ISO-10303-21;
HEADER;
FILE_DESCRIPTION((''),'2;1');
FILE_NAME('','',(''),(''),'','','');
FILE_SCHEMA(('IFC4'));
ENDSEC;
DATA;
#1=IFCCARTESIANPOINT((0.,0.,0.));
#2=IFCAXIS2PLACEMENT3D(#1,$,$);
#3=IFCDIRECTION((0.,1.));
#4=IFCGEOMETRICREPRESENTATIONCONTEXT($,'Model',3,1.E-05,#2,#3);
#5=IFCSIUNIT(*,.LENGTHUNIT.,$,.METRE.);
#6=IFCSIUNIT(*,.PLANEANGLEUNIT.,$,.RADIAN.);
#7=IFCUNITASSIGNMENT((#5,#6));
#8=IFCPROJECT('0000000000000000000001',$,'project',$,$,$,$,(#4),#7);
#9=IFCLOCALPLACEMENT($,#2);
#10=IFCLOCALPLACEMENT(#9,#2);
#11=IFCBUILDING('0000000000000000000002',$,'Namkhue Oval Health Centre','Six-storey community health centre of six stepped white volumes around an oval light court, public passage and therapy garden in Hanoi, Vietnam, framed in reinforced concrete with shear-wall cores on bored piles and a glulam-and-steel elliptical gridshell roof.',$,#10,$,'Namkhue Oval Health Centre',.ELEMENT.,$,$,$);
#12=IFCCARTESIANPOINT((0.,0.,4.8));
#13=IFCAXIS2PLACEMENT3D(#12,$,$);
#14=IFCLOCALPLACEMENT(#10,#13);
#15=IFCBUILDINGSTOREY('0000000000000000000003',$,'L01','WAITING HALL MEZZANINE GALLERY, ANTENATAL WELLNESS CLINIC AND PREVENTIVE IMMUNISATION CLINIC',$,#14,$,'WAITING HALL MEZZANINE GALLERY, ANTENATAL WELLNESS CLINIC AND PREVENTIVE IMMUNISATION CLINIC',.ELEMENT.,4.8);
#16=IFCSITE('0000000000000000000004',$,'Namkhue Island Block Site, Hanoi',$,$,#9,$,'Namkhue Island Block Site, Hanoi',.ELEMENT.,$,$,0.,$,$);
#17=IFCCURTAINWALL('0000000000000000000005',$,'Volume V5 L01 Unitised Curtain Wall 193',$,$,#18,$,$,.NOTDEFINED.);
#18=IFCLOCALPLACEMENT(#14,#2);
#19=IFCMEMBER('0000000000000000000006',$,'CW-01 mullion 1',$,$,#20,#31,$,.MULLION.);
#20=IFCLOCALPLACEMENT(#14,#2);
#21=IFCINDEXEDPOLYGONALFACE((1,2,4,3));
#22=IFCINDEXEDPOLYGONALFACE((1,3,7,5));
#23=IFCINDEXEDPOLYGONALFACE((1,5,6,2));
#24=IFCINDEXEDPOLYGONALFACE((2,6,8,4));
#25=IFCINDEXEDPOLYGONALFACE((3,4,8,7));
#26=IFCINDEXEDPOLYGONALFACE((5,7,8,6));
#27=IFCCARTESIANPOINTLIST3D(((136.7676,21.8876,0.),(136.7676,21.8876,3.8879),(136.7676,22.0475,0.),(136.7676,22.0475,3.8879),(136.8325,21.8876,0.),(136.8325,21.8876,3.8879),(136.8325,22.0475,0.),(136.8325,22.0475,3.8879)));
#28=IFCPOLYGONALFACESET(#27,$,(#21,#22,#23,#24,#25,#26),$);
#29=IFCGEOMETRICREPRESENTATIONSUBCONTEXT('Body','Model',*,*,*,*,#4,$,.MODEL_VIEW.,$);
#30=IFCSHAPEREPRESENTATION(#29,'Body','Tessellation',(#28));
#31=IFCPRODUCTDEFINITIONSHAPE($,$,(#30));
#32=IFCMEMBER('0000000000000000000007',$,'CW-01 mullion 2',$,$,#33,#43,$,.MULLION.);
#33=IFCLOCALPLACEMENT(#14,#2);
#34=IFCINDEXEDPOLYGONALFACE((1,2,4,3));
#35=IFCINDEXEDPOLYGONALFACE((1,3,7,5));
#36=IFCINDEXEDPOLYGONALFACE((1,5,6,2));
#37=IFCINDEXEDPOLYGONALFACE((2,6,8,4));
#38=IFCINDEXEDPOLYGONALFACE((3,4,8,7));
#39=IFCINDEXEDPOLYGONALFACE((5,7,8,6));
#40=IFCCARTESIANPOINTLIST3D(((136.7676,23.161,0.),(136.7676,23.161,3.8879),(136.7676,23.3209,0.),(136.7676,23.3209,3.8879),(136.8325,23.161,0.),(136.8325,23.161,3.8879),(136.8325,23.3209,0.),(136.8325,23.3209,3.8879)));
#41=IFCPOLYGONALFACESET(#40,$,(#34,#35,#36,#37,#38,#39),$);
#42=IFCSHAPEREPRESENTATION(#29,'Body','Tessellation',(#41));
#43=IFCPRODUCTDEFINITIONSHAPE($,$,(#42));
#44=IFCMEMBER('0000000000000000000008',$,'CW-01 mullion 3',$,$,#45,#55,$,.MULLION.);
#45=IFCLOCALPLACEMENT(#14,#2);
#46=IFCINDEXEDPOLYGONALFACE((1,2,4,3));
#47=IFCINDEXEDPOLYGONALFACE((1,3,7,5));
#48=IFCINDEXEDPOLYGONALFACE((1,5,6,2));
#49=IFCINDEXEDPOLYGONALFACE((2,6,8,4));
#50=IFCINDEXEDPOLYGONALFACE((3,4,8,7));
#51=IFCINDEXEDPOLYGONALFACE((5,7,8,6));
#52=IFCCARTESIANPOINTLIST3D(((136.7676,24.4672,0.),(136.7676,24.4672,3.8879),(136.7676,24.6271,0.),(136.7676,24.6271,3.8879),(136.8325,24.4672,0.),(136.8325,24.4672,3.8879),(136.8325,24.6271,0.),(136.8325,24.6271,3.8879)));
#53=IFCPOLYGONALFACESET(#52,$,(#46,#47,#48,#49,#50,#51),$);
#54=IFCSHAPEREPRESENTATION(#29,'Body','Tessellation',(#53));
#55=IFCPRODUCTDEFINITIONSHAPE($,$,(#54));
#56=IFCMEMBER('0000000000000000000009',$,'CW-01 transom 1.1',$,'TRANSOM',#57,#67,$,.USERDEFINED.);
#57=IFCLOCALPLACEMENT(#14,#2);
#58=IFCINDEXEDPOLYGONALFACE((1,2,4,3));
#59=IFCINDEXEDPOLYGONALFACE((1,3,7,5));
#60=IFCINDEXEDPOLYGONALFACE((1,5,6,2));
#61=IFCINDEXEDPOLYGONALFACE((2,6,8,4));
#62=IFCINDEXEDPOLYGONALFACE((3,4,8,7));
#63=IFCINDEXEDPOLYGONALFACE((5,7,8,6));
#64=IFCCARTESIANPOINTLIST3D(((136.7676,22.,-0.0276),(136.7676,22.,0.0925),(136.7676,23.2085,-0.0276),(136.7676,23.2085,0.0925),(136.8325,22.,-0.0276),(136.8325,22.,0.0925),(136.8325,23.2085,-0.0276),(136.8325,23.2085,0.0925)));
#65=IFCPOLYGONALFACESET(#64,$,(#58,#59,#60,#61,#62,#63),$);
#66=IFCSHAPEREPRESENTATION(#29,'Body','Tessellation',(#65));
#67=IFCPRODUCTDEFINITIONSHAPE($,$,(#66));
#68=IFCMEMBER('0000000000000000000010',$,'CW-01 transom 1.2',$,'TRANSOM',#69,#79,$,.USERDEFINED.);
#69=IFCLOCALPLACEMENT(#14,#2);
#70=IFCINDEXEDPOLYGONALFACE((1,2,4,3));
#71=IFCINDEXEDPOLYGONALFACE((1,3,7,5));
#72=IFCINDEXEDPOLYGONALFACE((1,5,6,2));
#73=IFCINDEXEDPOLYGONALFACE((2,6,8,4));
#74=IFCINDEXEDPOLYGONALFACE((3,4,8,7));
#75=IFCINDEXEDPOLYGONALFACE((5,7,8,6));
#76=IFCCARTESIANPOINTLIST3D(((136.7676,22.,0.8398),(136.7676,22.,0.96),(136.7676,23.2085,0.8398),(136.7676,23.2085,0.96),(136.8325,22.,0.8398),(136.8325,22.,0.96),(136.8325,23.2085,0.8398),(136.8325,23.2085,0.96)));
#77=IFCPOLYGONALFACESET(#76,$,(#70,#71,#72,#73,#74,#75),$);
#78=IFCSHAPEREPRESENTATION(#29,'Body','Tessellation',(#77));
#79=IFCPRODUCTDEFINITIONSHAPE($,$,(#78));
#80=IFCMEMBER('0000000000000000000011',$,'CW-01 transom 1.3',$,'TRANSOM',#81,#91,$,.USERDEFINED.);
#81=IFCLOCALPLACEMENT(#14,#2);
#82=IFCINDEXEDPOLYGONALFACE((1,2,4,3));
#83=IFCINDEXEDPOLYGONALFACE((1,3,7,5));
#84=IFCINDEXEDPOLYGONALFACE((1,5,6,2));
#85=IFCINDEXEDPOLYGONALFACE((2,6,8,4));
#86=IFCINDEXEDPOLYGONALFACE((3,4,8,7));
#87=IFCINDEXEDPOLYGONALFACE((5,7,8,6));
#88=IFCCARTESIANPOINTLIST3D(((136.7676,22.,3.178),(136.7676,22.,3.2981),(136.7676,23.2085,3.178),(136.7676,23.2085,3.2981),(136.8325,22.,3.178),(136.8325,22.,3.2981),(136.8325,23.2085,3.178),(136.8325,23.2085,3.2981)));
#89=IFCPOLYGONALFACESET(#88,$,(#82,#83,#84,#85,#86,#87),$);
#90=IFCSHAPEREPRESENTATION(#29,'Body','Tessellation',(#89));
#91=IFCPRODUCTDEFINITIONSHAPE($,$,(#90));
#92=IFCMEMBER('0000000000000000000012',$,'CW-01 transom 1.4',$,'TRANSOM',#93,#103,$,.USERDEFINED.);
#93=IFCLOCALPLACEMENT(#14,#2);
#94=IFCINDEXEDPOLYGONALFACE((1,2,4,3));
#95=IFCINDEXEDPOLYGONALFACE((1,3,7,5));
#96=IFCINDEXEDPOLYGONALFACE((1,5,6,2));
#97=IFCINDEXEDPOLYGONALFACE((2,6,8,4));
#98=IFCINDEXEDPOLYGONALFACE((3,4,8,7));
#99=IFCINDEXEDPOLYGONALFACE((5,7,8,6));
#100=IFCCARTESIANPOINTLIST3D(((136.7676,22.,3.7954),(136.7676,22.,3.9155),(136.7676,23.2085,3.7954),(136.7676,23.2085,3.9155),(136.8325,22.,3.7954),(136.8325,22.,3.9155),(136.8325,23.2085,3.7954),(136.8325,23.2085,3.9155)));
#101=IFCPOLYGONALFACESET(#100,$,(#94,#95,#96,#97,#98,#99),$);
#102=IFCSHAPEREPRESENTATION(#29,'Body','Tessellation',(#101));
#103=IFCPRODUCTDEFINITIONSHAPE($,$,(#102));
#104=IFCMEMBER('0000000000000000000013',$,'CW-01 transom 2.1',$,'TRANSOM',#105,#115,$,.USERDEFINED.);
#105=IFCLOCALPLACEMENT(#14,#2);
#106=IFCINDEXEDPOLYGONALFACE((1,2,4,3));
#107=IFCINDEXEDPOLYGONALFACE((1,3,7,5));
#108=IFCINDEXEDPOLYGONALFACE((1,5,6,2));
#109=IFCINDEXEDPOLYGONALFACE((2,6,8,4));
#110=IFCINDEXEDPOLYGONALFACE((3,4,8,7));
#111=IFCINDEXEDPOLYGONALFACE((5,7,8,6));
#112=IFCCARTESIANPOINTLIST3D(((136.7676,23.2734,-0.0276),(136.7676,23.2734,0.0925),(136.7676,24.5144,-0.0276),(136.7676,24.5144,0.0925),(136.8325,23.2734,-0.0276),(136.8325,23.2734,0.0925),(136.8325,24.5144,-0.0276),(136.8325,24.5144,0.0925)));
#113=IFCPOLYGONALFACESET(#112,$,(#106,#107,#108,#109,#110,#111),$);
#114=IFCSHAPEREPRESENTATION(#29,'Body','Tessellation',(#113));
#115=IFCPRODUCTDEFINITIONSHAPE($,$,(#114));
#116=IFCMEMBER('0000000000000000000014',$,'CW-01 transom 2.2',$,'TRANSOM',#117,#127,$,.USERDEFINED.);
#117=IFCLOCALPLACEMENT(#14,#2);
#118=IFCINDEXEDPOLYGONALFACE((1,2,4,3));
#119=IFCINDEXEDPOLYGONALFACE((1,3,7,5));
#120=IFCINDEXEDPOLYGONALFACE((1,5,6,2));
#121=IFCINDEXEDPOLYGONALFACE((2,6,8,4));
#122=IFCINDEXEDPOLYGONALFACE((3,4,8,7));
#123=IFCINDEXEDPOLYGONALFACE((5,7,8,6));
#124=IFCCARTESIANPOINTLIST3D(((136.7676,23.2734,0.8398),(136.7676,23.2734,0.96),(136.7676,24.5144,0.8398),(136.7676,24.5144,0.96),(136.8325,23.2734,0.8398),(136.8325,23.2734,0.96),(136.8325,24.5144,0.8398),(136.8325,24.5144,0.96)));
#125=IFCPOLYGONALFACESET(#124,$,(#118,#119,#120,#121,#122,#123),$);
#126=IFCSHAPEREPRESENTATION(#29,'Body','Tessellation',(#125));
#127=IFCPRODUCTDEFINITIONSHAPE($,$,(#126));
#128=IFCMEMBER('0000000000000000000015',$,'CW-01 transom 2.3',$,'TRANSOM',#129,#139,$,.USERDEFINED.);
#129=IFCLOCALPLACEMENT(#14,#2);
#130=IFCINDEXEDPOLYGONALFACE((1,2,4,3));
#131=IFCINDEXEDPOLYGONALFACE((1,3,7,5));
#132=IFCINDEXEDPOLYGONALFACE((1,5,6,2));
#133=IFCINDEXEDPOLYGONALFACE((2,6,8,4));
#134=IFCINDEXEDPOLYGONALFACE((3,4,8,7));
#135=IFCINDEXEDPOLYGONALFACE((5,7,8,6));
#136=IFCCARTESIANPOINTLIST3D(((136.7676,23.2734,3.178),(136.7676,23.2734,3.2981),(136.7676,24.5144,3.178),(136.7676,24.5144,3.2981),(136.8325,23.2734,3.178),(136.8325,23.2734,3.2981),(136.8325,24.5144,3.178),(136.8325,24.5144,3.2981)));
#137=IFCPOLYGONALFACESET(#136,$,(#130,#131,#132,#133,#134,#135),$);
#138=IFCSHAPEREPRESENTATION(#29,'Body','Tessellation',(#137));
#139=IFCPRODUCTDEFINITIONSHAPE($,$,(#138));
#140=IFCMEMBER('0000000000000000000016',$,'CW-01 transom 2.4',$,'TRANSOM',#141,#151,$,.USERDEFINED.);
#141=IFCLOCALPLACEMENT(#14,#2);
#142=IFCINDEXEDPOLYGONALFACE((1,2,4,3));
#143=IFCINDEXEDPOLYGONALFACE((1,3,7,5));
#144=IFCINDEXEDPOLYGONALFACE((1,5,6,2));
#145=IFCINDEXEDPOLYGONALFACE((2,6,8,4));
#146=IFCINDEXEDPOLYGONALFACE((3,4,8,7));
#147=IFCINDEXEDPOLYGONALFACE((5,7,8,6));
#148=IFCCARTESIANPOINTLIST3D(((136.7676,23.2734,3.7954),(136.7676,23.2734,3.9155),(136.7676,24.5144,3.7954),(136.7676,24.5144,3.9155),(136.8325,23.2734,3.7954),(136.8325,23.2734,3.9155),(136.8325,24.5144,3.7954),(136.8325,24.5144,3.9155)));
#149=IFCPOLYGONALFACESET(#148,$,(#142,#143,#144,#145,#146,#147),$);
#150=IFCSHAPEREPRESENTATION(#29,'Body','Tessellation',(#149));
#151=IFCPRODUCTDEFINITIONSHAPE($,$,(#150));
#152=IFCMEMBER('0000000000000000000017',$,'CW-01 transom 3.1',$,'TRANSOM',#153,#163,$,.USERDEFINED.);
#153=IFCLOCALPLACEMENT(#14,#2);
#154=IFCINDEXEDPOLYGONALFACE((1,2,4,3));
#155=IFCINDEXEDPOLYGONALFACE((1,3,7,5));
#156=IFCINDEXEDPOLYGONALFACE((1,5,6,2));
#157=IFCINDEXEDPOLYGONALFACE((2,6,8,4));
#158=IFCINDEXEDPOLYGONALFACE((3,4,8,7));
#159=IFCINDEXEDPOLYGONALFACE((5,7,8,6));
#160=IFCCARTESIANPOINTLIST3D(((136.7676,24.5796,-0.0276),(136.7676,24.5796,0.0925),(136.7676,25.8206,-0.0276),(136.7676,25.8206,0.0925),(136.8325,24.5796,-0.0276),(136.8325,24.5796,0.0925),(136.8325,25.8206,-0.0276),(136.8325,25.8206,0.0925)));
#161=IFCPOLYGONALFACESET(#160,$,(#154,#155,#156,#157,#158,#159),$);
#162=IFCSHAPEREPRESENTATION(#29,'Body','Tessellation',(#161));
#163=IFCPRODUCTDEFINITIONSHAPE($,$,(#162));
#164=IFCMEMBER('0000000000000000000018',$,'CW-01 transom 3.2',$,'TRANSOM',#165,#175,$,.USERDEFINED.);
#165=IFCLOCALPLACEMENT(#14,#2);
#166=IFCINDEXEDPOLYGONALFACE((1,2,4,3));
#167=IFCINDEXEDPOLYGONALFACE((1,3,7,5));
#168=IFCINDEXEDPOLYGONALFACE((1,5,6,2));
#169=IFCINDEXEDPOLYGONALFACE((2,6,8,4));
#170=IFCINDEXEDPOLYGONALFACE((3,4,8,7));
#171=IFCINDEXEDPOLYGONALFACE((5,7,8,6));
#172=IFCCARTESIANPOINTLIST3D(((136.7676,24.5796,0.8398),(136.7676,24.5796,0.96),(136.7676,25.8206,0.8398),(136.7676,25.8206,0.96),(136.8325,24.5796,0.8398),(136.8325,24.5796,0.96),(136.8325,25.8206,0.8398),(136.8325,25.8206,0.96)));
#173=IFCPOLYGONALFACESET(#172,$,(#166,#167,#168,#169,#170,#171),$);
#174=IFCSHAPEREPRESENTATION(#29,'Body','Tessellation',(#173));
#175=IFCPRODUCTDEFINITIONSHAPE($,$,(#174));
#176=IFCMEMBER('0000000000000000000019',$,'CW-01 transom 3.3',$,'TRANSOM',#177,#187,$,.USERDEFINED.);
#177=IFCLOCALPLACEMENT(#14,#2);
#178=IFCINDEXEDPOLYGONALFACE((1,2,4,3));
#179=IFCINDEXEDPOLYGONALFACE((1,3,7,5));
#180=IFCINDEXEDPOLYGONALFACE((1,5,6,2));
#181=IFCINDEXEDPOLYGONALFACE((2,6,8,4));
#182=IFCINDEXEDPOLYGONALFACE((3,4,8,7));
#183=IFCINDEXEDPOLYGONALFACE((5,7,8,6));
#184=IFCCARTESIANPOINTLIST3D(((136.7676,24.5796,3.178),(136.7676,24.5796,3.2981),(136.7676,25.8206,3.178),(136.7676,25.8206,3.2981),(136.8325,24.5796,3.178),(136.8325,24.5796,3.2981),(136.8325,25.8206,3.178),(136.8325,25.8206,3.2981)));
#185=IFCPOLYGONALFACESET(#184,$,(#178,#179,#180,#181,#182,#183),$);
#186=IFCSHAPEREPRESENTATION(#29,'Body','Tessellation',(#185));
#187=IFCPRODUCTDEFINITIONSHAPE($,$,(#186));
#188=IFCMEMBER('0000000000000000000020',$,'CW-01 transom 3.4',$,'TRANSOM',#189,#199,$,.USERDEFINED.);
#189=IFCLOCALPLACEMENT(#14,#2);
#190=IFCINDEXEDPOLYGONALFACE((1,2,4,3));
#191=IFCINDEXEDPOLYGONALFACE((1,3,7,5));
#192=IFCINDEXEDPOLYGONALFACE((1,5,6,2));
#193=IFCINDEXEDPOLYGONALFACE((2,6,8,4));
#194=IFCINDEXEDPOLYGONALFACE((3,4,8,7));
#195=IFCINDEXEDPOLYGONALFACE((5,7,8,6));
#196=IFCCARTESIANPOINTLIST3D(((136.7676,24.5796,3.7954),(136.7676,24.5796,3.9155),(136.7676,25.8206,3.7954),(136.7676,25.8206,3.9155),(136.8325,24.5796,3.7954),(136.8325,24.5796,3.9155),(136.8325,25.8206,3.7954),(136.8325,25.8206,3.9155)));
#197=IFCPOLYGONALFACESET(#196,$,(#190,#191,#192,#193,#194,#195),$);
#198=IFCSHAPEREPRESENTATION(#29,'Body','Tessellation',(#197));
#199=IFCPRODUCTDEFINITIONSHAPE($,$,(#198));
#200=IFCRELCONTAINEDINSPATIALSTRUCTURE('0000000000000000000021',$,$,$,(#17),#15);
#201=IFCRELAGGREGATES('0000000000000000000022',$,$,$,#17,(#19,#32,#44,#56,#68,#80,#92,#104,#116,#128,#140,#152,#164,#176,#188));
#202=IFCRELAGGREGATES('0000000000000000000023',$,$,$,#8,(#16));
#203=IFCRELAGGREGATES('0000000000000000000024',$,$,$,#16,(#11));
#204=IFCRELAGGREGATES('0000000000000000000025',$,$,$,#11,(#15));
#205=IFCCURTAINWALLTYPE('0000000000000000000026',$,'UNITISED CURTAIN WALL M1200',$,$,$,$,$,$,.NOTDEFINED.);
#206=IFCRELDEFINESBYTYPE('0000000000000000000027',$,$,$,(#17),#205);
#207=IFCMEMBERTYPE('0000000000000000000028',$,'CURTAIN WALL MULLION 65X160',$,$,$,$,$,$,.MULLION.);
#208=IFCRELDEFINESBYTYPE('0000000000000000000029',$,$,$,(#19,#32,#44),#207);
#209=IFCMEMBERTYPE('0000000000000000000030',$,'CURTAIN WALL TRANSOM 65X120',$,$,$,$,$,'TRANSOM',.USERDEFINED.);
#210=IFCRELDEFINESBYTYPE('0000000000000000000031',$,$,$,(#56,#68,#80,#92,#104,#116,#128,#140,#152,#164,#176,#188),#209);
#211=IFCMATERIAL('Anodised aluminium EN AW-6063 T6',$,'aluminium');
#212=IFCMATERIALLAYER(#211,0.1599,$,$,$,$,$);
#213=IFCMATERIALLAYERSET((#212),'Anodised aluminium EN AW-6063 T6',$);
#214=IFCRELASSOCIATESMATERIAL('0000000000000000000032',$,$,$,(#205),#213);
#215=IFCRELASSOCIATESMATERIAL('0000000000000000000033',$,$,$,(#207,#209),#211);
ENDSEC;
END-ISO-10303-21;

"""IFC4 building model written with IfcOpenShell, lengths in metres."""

from ifc_helpers import new_model, si_unit, direction, frame, origin, origin_2d, place, context, subcontext, project, spatial, rectangle, extrude, material, layer, layer_set, material_profile, profile_set, type_object, element, aggregate, save


model = new_model("IFC4")

# Units and contexts
model_context = context("Model", 3, precision=1e-05, world=origin(), true_north=direction((0.0, 1.0)))
body_context = subcontext(model_context, "Body", "Model", "MODEL_VIEW")
ifc_project = project(units=[si_unit("LENGTHUNIT", "METRE"), si_unit("PLANEANGLEUNIT", "RADIAN")], contexts=[model_context])

# Site, building, storey
site_placement = place(None, origin())
site = spatial("IfcSite", under=ifc_project, at=site_placement, Name="Namkhue Island Block Site, Hanoi", LongName="Namkhue Island Block Site, Hanoi", CompositionType="ELEMENT", RefElevation=0.0)
building_placement = place(site_placement, origin())
building = spatial("IfcBuilding", under=site, at=building_placement, Name="Namkhue Oval Health Centre", Description="Six-storey community health centre of six stepped white volumes around an oval light court, public passage and therapy garden in Hanoi, Vietnam, framed in reinforced concrete with shear-wall cores on bored piles and a glulam-and-steel elliptical gridshell roof.", LongName="Namkhue Oval Health Centre", CompositionType="ELEMENT")
storey_placement = place(building_placement, frame((0.0, 0.0, 4.8)))
storey = spatial("IfcBuildingStorey", under=building, at=storey_placement, Name="L01", Description="WAITING HALL MEZZANINE GALLERY, ANTENATAL WELLNESS CLINIC AND PREVENTIVE IMMUNISATION CLINIC", LongName="WAITING HALL MEZZANINE GALLERY, ANTENATAL WELLNESS CLINIC AND PREVENTIVE IMMUNISATION CLINIC", CompositionType="ELEMENT", Elevation=4.8)

# Curtain wall, members
ifc_material_1 = material(Name="Anodised aluminium EN AW-6063 T6", Category="aluminium")
ifc_layer_1 = layer(ifc_material_1, 0.1599)
ifc_layer_set_1 = layer_set([ifc_layer_1], Name="Anodised aluminium EN AW-6063 T6")
curtain_wall_type = type_object("IfcCurtainWallType", Name="UNITISED CURTAIN WALL M1200", PredefinedType="NOTDEFINED", material=ifc_layer_set_1)
curtain_wall_placement = place(storey_placement, origin())
curtain_wall = element("IfcCurtainWall", 1, at=curtain_wall_placement, inside=storey, type_object=curtain_wall_type, Name="Volume V5 L01 Unitised Curtain Wall 193", PredefinedType="NOTDEFINED")
ifc_material_profile_1 = material_profile(ifc_material_1, rectangle(XDim=0.0649, YDim=0.1599, at=origin_2d()), Name="ALU 65x160")
ifc_profile_set_1 = profile_set([ifc_material_profile_1], Name="Anodised aluminium EN AW-6063 T6")
member_type_1 = type_object("IfcMemberType", Name="CURTAIN WALL MULLION 65X160", PredefinedType="MULLION", material=ifc_profile_set_1)
member_1_placement = place(storey_placement, frame((136.8, 21.9675, 0.0), z_axis=(0.0, 0.0, 1.0), x_axis=(-1.0, 0.0, 0.0)))
member_1 = element("IfcMember", 2, at=member_1_placement, type_object=member_type_1, Name="CW-01 mullion 1", PredefinedType="MULLION", context=body_context, shape_type="SweptSolid", body=[
    extrude(rectangle(XDim=0.0649, YDim=0.1599, at=origin_2d()), origin(), (0.0, 0.0, 1.0), 3.8879),
])
member_2_placement = place(storey_placement, frame((136.8, 23.241, 0.0), z_axis=(0.0, 0.0, 1.0), x_axis=(-1.0, 0.0, 0.0)))
member_2 = element("IfcMember", 3, at=member_2_placement, type_object=member_type_1, Name="CW-01 mullion 2", PredefinedType="MULLION", context=body_context, shape_type="SweptSolid", body=[
    extrude(rectangle(XDim=0.0649, YDim=0.1599, at=origin_2d()), origin(), (0.0, 0.0, 1.0), 3.8879),
])
member_3_placement = place(storey_placement, frame((136.8, 24.5471, 0.0), z_axis=(0.0, 0.0, 1.0), x_axis=(-1.0, 0.0, 0.0)))
member_3 = element("IfcMember", 4, at=member_3_placement, type_object=member_type_1, Name="CW-01 mullion 3", PredefinedType="MULLION", context=body_context, shape_type="SweptSolid", body=[
    extrude(rectangle(XDim=0.0649, YDim=0.1599, at=origin_2d()), origin(), (0.0, 0.0, 1.0), 3.8879),
])
ifc_material_profile_2 = material_profile(ifc_material_1, rectangle(XDim=0.0649, YDim=0.1201, at=origin_2d()), Name="ALU 65x120")
ifc_profile_set_2 = profile_set([ifc_material_profile_2], Name="Anodised aluminium EN AW-6063 T6")
member_type_2 = type_object("IfcMemberType", Name="CURTAIN WALL TRANSOM 65X120", ElementType="TRANSOM", PredefinedType="USERDEFINED", material=ifc_profile_set_2)
member_4_placement = place(storey_placement, frame((136.8, 22.0, 0.0325), z_axis=(0.0, 1.0, 0.0), x_axis=(-1.0, 0.0, 0.0)))
member_4 = element("IfcMember", 5, at=member_4_placement, type_object=member_type_2, Name="CW-01 transom 1.1", ObjectType="TRANSOM", PredefinedType="USERDEFINED", context=body_context, shape_type="SweptSolid", body=[
    extrude(rectangle(XDim=0.0649, YDim=0.1201, at=origin_2d()), origin(), (0.0, 0.0, 1.0), 1.2085),
])
member_5_placement = place(storey_placement, frame((136.8, 22.0, 0.8999), z_axis=(0.0, 1.0, 0.0), x_axis=(-1.0, 0.0, 0.0)))
member_5 = element("IfcMember", 6, at=member_5_placement, type_object=member_type_2, Name="CW-01 transom 1.2", ObjectType="TRANSOM", PredefinedType="USERDEFINED", context=body_context, shape_type="SweptSolid", body=[
    extrude(rectangle(XDim=0.0649, YDim=0.1201, at=origin_2d()), origin(), (0.0, 0.0, 1.0), 1.2085),
])
member_6_placement = place(storey_placement, frame((136.8, 22.0, 3.238), z_axis=(0.0, 1.0, 0.0), x_axis=(-1.0, 0.0, 0.0)))
member_6 = element("IfcMember", 7, at=member_6_placement, type_object=member_type_2, Name="CW-01 transom 1.3", ObjectType="TRANSOM", PredefinedType="USERDEFINED", context=body_context, shape_type="SweptSolid", body=[
    extrude(rectangle(XDim=0.0649, YDim=0.1201, at=origin_2d()), origin(), (0.0, 0.0, 1.0), 1.2085),
])
member_7_placement = place(storey_placement, frame((136.8, 22.0, 3.8555), z_axis=(0.0, 1.0, 0.0), x_axis=(-1.0, 0.0, 0.0)))
member_7 = element("IfcMember", 8, at=member_7_placement, type_object=member_type_2, Name="CW-01 transom 1.4", ObjectType="TRANSOM", PredefinedType="USERDEFINED", context=body_context, shape_type="SweptSolid", body=[
    extrude(rectangle(XDim=0.0649, YDim=0.1201, at=origin_2d()), origin(), (0.0, 0.0, 1.0), 1.2085),
])
member_8_placement = place(storey_placement, frame((136.8, 23.2734, 0.0325), z_axis=(0.0, 1.0, 0.0), x_axis=(-1.0, 0.0, 0.0)))
member_8 = element("IfcMember", 9, at=member_8_placement, type_object=member_type_2, Name="CW-01 transom 2.1", ObjectType="TRANSOM", PredefinedType="USERDEFINED", context=body_context, shape_type="SweptSolid", body=[
    extrude(rectangle(XDim=0.0649, YDim=0.1201, at=origin_2d()), origin(), (0.0, 0.0, 1.0), 1.241),
])
member_9_placement = place(storey_placement, frame((136.8, 23.2734, 0.8999), z_axis=(0.0, 1.0, 0.0), x_axis=(-1.0, 0.0, 0.0)))
member_9 = element("IfcMember", 10, at=member_9_placement, type_object=member_type_2, Name="CW-01 transom 2.2", ObjectType="TRANSOM", PredefinedType="USERDEFINED", context=body_context, shape_type="SweptSolid", body=[
    extrude(rectangle(XDim=0.0649, YDim=0.1201, at=origin_2d()), origin(), (0.0, 0.0, 1.0), 1.241),
])
member_10_placement = place(storey_placement, frame((136.8, 23.2734, 3.238), z_axis=(0.0, 1.0, 0.0), x_axis=(-1.0, 0.0, 0.0)))
member_10 = element("IfcMember", 11, at=member_10_placement, type_object=member_type_2, Name="CW-01 transom 2.3", ObjectType="TRANSOM", PredefinedType="USERDEFINED", context=body_context, shape_type="SweptSolid", body=[
    extrude(rectangle(XDim=0.0649, YDim=0.1201, at=origin_2d()), origin(), (0.0, 0.0, 1.0), 1.241),
])
member_11_placement = place(storey_placement, frame((136.8, 23.2734, 3.8555), z_axis=(0.0, 1.0, 0.0), x_axis=(-1.0, 0.0, 0.0)))
member_11 = element("IfcMember", 12, at=member_11_placement, type_object=member_type_2, Name="CW-01 transom 2.4", ObjectType="TRANSOM", PredefinedType="USERDEFINED", context=body_context, shape_type="SweptSolid", body=[
    extrude(rectangle(XDim=0.0649, YDim=0.1201, at=origin_2d()), origin(), (0.0, 0.0, 1.0), 1.241),
])
member_12_placement = place(storey_placement, frame((136.8, 24.5796, 0.0325), z_axis=(0.0, 1.0, 0.0), x_axis=(-1.0, 0.0, 0.0)))
member_12 = element("IfcMember", 13, at=member_12_placement, type_object=member_type_2, Name="CW-01 transom 3.1", ObjectType="TRANSOM", PredefinedType="USERDEFINED", context=body_context, shape_type="SweptSolid", body=[
    extrude(rectangle(XDim=0.0649, YDim=0.1201, at=origin_2d()), origin(), (0.0, 0.0, 1.0), 1.241),
])
member_13_placement = place(storey_placement, frame((136.8, 24.5796, 0.8999), z_axis=(0.0, 1.0, 0.0), x_axis=(-1.0, 0.0, 0.0)))
member_13 = element("IfcMember", 14, at=member_13_placement, type_object=member_type_2, Name="CW-01 transom 3.2", ObjectType="TRANSOM", PredefinedType="USERDEFINED", context=body_context, shape_type="SweptSolid", body=[
    extrude(rectangle(XDim=0.0649, YDim=0.1201, at=origin_2d()), origin(), (0.0, 0.0, 1.0), 1.241),
])
member_14_placement = place(storey_placement, frame((136.8, 24.5796, 3.238), z_axis=(0.0, 1.0, 0.0), x_axis=(-1.0, 0.0, 0.0)))
member_14 = element("IfcMember", 15, at=member_14_placement, type_object=member_type_2, Name="CW-01 transom 3.3", ObjectType="TRANSOM", PredefinedType="USERDEFINED", context=body_context, shape_type="SweptSolid", body=[
    extrude(rectangle(XDim=0.0649, YDim=0.1201, at=origin_2d()), origin(), (0.0, 0.0, 1.0), 1.241),
])
member_15_placement = place(storey_placement, frame((136.8, 24.5796, 3.8555), z_axis=(0.0, 1.0, 0.0), x_axis=(-1.0, 0.0, 0.0)))
member_15 = element("IfcMember", 16, at=member_15_placement, type_object=member_type_2, Name="CW-01 transom 3.4", ObjectType="TRANSOM", PredefinedType="USERDEFINED", context=body_context, shape_type="SweptSolid", body=[
    extrude(rectangle(XDim=0.0649, YDim=0.1201, at=origin_2d()), origin(), (0.0, 0.0, 1.0), 1.241),
])

aggregate(curtain_wall, [member_1, member_2, member_3, member_4, member_5, member_6, member_7, member_8, member_9, member_10, member_11, member_12, member_13, member_14, member_15])

save(model, "model.ifc")
